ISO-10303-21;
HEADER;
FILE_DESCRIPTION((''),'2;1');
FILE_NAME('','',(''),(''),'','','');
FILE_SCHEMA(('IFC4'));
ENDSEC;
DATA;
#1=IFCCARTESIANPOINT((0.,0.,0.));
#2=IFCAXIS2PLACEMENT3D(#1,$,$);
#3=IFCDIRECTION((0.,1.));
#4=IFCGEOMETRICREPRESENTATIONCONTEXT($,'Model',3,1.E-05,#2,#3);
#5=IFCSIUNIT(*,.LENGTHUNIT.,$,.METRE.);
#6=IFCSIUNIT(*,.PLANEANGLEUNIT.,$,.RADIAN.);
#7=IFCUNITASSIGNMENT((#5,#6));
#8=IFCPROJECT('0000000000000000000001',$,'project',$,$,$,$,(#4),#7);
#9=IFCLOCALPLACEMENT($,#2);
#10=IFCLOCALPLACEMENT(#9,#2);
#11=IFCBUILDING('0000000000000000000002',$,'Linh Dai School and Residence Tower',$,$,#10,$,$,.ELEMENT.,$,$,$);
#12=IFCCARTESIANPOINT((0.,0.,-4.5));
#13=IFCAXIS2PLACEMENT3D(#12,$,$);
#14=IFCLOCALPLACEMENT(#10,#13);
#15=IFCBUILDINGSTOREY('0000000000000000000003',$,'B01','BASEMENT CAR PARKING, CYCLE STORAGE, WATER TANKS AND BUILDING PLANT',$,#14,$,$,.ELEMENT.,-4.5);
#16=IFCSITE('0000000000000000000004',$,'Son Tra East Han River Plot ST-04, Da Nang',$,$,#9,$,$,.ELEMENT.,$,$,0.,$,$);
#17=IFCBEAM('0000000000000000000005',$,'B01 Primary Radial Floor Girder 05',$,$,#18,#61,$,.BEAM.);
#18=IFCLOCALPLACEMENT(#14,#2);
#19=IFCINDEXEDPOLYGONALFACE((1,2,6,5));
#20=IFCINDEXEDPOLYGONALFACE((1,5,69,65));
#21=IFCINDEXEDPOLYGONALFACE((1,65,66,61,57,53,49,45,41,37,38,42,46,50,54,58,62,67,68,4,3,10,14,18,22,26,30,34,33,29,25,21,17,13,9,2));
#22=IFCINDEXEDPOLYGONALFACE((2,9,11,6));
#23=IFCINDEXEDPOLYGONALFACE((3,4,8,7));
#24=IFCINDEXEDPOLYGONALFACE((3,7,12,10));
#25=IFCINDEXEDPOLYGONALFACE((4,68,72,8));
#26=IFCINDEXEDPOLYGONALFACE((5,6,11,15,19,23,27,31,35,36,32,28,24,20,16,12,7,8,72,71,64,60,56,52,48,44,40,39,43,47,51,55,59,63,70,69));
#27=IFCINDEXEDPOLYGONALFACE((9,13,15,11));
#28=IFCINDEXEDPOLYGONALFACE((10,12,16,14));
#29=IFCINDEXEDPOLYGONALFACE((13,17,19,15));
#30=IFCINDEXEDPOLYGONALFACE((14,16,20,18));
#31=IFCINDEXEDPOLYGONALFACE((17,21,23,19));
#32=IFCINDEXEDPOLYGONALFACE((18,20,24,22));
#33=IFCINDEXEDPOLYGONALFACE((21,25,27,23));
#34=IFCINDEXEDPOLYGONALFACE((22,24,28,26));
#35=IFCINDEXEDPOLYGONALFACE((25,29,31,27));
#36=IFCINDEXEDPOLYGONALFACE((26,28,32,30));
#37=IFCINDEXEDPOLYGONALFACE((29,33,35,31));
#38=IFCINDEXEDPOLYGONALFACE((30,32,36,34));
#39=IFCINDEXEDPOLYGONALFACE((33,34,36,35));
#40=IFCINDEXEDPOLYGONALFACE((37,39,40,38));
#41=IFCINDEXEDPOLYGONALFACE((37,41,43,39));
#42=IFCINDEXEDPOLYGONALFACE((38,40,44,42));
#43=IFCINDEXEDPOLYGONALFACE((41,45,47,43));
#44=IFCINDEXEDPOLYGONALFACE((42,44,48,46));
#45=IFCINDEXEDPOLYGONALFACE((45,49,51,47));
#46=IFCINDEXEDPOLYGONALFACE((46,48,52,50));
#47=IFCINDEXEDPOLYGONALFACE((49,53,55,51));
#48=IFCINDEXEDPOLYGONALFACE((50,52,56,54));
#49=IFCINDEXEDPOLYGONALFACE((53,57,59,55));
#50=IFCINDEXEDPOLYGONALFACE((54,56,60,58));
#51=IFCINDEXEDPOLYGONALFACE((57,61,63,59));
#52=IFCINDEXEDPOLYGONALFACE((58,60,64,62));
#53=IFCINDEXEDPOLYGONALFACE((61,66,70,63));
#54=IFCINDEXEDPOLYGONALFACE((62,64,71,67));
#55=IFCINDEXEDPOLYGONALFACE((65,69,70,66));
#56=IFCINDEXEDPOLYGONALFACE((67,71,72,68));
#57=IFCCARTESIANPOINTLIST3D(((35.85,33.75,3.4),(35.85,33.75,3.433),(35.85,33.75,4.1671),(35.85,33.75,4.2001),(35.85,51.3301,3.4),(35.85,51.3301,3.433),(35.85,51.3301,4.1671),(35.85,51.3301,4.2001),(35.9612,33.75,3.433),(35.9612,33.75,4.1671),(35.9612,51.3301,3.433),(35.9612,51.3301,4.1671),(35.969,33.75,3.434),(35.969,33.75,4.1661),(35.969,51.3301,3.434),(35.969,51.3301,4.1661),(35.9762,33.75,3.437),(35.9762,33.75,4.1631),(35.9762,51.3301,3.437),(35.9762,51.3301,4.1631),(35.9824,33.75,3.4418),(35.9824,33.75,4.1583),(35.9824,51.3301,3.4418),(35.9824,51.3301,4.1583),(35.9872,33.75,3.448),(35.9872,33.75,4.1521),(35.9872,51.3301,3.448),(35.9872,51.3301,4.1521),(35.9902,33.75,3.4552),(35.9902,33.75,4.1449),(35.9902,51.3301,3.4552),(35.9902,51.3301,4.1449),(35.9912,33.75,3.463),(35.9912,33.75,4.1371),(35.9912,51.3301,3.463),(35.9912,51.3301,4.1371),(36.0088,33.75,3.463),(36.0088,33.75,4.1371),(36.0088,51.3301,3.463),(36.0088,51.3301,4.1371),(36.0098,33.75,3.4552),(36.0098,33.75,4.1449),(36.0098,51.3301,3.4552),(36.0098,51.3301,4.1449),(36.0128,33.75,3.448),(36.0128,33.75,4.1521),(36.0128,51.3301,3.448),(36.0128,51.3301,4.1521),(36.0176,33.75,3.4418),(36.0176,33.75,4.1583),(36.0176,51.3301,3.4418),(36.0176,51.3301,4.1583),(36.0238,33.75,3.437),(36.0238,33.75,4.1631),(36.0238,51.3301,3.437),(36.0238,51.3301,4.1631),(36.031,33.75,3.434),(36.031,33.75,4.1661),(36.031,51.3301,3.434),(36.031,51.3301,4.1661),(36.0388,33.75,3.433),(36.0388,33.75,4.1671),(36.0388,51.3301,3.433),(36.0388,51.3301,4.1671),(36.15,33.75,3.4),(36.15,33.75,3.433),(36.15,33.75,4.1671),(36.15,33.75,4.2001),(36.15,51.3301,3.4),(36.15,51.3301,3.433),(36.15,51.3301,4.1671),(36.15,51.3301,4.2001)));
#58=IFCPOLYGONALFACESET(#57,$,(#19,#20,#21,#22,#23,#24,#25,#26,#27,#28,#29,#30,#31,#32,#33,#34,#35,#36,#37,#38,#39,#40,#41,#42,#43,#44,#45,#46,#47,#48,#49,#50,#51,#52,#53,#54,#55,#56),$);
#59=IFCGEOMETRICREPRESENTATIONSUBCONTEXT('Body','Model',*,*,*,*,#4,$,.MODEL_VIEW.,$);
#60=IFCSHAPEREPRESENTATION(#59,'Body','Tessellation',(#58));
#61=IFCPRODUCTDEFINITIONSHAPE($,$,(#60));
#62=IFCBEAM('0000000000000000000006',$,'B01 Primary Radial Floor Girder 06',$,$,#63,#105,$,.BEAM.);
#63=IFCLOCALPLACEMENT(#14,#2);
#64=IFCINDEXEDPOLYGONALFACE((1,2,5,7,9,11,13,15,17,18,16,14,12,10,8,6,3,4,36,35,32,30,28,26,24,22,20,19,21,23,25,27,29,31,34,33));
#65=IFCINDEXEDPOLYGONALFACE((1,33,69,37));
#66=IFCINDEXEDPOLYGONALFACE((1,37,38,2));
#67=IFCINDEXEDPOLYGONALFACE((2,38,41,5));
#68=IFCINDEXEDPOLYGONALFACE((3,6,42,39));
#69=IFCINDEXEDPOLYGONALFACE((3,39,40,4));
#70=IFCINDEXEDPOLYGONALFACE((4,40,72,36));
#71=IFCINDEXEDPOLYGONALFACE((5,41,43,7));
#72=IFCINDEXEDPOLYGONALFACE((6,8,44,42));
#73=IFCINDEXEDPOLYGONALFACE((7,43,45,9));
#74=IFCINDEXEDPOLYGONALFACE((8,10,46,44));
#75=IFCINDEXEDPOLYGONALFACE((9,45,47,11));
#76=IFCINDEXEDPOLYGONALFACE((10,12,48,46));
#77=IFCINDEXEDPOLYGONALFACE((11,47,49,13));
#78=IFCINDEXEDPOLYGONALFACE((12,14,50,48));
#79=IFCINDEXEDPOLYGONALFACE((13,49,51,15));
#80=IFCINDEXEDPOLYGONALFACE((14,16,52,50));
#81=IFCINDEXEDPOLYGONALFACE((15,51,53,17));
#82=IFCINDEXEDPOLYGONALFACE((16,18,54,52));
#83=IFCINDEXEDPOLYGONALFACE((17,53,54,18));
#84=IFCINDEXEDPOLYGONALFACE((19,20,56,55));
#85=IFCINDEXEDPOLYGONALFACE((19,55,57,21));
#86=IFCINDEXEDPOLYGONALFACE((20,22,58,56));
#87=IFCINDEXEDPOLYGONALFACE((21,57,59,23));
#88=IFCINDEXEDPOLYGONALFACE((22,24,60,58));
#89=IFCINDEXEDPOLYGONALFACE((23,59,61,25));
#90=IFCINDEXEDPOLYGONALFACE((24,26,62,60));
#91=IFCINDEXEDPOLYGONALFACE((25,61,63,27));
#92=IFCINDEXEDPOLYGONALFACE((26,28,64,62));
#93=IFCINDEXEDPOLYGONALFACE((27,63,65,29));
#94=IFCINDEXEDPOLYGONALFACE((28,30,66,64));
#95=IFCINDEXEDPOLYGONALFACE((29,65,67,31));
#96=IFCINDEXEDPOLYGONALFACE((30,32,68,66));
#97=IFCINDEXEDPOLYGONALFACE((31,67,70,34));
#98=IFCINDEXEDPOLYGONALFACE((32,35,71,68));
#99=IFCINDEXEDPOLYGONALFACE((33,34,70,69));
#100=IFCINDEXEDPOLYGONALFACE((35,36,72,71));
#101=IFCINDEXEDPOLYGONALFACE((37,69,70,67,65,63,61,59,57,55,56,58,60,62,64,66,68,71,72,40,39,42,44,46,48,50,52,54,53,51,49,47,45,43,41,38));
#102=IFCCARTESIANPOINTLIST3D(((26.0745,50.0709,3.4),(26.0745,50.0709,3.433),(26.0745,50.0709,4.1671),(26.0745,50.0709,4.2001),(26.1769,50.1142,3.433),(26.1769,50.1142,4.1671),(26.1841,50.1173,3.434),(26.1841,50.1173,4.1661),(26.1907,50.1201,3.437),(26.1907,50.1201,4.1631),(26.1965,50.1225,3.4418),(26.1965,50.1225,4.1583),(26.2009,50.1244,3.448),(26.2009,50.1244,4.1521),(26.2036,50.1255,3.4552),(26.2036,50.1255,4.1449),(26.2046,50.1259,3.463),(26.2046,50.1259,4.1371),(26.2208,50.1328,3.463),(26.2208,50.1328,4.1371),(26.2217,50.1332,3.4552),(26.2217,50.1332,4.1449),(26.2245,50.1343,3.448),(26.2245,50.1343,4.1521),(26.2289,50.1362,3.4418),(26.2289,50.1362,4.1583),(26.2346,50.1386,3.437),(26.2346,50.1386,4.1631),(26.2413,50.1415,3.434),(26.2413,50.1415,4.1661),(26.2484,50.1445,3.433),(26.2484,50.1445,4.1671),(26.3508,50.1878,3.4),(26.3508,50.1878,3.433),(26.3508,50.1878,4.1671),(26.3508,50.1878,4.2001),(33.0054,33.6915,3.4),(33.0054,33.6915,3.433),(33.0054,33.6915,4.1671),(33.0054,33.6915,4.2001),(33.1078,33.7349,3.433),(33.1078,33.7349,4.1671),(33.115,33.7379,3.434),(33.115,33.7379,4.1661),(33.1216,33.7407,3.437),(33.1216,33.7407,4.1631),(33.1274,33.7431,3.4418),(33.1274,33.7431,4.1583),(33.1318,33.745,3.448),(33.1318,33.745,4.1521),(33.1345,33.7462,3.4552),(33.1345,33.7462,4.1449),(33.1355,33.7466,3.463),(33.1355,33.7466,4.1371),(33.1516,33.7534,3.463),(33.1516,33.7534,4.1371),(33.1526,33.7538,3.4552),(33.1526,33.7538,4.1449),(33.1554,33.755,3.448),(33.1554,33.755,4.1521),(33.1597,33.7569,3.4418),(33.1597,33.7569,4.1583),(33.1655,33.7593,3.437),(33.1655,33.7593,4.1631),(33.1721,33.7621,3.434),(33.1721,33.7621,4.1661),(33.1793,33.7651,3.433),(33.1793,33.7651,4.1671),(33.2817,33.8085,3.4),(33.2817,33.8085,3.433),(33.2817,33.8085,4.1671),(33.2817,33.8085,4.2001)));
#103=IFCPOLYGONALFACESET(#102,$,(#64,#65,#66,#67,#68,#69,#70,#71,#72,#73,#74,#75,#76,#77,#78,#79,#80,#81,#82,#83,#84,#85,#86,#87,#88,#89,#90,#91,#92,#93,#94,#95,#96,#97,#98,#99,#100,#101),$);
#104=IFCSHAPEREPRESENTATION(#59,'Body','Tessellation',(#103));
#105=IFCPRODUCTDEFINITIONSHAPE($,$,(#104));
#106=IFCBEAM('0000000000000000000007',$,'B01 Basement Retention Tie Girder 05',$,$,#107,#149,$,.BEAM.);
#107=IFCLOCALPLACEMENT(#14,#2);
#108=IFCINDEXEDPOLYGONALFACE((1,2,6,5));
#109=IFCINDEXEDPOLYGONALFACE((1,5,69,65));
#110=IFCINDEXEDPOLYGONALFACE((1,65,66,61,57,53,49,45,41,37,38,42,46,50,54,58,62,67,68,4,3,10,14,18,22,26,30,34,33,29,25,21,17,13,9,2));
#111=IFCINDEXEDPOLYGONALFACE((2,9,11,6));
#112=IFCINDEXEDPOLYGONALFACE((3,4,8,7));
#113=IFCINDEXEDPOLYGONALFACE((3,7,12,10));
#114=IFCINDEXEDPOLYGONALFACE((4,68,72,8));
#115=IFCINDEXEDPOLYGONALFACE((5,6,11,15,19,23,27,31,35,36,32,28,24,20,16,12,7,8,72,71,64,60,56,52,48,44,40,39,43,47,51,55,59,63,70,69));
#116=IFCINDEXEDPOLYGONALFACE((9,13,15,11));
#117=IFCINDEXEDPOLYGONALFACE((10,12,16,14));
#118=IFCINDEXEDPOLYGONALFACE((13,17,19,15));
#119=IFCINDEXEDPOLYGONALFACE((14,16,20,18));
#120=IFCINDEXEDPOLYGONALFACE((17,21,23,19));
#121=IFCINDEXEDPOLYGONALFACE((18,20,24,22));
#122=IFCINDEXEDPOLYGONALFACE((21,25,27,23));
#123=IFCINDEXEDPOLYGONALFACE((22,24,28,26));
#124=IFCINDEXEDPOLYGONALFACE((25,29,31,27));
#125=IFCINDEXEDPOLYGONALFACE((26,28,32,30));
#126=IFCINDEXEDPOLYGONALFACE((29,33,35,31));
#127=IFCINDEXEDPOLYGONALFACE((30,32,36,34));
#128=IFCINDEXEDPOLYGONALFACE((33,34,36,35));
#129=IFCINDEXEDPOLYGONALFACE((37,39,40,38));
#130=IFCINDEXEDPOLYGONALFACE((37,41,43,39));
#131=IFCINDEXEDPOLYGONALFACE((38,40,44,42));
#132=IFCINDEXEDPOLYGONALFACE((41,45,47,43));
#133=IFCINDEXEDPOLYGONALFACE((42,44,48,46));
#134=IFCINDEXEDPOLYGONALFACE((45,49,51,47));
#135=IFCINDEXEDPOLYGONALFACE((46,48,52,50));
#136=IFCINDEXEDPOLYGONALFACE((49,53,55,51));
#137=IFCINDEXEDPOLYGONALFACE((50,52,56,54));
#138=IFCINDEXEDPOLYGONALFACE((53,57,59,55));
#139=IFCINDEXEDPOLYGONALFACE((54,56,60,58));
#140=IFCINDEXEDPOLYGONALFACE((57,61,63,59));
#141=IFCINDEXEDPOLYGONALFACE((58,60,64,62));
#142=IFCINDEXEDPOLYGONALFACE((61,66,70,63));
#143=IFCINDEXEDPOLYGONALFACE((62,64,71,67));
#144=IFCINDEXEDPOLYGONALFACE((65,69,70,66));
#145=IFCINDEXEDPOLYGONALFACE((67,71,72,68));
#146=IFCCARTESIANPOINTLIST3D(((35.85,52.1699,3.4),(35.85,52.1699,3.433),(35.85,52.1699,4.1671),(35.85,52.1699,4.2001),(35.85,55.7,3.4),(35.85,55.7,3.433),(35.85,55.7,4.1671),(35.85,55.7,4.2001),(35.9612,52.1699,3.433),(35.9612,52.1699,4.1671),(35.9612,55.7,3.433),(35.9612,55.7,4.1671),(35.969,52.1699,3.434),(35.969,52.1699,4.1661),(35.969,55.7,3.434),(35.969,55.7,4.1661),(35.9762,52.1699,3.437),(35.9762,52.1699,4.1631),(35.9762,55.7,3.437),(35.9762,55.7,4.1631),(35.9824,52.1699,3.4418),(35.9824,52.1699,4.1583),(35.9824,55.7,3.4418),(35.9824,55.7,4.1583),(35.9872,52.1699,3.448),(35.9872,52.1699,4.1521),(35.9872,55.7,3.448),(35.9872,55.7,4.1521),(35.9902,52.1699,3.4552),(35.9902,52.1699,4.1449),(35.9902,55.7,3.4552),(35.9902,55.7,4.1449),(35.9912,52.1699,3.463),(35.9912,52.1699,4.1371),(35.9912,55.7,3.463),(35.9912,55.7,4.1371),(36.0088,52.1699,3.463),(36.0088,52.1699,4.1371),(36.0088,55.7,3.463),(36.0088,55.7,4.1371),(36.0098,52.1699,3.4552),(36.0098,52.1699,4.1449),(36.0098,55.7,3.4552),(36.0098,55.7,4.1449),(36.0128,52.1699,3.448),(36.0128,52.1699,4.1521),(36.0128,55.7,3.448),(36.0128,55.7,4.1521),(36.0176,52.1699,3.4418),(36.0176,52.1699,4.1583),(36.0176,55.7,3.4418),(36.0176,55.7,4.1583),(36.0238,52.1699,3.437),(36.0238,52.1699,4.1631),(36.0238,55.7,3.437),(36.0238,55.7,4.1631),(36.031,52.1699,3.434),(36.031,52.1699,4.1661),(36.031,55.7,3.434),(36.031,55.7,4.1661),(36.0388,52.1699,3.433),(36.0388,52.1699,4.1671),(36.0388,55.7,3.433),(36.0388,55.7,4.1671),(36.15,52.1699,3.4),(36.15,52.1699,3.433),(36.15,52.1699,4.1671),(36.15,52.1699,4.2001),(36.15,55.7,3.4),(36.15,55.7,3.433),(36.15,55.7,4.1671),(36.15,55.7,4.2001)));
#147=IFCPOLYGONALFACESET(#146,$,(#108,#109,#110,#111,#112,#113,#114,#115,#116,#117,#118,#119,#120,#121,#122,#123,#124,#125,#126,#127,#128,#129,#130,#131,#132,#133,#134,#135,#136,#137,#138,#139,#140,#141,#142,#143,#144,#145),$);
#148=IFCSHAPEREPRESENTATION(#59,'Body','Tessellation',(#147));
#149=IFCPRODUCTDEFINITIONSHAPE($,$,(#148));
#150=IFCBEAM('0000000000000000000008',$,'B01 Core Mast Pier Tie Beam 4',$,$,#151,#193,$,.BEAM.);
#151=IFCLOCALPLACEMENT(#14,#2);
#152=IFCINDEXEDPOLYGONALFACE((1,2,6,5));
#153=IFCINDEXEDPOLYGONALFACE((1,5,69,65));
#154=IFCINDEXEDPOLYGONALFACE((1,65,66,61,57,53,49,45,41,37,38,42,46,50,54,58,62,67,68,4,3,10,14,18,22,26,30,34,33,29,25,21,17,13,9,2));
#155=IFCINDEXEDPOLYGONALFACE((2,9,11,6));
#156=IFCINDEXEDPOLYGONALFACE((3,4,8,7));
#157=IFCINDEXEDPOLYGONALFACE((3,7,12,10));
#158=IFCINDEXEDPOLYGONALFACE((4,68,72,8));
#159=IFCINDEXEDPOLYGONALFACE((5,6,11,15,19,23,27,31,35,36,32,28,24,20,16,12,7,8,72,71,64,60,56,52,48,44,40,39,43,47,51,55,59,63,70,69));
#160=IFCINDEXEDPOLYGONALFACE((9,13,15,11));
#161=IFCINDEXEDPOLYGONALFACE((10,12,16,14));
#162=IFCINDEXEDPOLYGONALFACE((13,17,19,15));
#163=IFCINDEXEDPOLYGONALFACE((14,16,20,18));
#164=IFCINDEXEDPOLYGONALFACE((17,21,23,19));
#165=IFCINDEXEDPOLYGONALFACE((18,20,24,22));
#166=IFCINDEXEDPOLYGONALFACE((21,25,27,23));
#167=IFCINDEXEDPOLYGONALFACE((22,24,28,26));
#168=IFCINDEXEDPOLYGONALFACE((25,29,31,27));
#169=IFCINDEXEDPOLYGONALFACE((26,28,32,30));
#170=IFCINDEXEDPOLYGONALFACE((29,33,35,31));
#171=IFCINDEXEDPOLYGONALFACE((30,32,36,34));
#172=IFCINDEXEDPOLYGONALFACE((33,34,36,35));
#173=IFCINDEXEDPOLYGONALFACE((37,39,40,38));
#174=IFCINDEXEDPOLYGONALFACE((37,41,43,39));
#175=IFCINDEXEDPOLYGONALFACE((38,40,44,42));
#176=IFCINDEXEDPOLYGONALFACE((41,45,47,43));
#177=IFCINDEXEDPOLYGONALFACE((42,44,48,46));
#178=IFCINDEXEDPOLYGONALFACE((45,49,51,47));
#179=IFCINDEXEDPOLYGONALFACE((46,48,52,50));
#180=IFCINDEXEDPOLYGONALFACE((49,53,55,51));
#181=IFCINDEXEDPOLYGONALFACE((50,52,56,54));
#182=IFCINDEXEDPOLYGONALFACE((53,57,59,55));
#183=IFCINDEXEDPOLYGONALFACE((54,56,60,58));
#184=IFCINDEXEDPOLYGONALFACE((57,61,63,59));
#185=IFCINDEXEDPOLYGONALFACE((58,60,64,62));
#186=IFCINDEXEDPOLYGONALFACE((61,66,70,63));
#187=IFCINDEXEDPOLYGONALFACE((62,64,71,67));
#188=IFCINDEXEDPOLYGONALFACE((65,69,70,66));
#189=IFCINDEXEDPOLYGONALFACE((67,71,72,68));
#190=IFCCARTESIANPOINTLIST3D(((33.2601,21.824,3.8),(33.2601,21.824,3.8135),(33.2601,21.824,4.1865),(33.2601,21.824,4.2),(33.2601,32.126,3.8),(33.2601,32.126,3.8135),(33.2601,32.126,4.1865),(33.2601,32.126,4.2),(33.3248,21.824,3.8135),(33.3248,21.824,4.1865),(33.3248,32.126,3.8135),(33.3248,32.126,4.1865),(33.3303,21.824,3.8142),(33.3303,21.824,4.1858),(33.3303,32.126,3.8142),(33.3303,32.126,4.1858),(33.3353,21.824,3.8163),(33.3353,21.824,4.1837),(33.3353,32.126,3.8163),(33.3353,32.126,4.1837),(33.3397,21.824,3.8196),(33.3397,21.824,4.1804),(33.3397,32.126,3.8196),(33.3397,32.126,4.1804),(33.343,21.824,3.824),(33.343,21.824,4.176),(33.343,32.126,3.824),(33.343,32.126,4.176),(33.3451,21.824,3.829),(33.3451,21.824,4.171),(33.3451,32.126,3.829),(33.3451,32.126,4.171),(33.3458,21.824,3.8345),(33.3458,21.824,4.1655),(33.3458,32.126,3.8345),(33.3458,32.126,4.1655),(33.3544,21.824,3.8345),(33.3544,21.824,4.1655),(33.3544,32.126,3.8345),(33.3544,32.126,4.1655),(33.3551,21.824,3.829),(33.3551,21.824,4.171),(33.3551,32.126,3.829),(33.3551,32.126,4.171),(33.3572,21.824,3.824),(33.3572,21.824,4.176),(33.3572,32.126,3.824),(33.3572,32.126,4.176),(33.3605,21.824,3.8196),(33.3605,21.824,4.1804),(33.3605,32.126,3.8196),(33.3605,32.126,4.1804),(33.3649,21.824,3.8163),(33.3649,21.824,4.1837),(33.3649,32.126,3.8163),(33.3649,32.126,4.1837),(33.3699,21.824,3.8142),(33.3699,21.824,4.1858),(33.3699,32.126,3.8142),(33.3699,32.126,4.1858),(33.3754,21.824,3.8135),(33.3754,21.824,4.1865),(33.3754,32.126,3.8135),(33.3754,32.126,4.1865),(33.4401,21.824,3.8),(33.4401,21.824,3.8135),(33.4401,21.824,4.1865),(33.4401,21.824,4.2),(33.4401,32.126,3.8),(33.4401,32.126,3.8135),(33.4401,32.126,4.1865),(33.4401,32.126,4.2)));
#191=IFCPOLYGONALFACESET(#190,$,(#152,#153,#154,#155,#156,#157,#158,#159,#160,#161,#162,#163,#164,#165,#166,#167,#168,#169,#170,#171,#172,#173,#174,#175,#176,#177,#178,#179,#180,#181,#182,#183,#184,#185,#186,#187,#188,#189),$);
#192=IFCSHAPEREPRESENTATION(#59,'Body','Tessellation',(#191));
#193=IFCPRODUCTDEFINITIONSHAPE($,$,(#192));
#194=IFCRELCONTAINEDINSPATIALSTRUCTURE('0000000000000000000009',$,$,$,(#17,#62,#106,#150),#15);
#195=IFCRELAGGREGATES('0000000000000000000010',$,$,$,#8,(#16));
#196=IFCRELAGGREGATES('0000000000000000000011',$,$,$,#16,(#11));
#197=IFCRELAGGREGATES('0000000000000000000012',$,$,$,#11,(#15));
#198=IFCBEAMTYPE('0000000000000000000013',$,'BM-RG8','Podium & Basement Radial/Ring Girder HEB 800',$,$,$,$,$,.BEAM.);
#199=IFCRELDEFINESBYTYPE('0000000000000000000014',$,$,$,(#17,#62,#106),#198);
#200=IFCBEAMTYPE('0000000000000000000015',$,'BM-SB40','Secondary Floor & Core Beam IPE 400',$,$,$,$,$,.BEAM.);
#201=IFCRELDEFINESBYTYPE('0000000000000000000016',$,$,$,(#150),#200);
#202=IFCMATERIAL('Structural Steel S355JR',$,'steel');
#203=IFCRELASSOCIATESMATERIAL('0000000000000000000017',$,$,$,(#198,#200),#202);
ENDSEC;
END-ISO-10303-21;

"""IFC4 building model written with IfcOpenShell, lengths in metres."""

from ifc_helpers import new_model, si_unit, direction, frame, origin, origin_2d, place, context, subcontext, project, spatial, i_section, extrude, material, material_profile, profile_set, type_object, element, save


model = new_model("IFC4")

# Units and contexts
model_context = context("Model", 3, precision=1e-05, world=origin(), true_north=direction((0.0, 1.0)))
body_context = subcontext(model_context, "Body", "Model", "MODEL_VIEW")
ifc_project = project(units=[si_unit("LENGTHUNIT", "METRE"), si_unit("PLANEANGLEUNIT", "RADIAN")], contexts=[model_context])

# Site, building, storey
site_placement = place(None, origin())
site = spatial("IfcSite", under=ifc_project, at=site_placement, Name="Son Tra East Han River Plot ST-04, Da Nang", CompositionType="ELEMENT", RefElevation=0.0)
building_placement = place(site_placement, origin())
building = spatial("IfcBuilding", under=site, at=building_placement, Name="Linh Dai School and Residence Tower", CompositionType="ELEMENT")
storey_placement = place(building_placement, frame((0.0, 0.0, -4.5)))
storey = spatial("IfcBuildingStorey", under=building, at=storey_placement, Name="B01", Description="BASEMENT CAR PARKING, CYCLE STORAGE, WATER TANKS AND BUILDING PLANT", CompositionType="ELEMENT", Elevation=-4.5)

# Shared definitions
ifc_material_1 = material(Name="Structural Steel S355JR", Category="steel")

# Beams
ifc_material_profile_1 = material_profile(ifc_material_1, i_section(OverallWidth=0.3, OverallDepth=0.8, WebThickness=0.0176, FlangeThickness=0.033, FilletRadius=0.03, at=origin_2d()), Name="HEB 800")
ifc_profile_set_1 = profile_set([ifc_material_profile_1], Name="Structural Steel S355JR")
beam_type_1 = type_object("IfcBeamType", Name="BM-RG8", Description="Podium & Basement Radial/Ring Girder HEB 800", PredefinedType="BEAM", material=ifc_profile_set_1)
beam_1_placement = place(storey_placement, frame((36.0, 33.75, 3.8), z_axis=(0.0, 1.0, 0.0), x_axis=(-1.0, 0.0, 0.0)))
element("IfcBeam", 1, at=beam_1_placement, inside=storey, type_object=beam_type_1, Name="B01 Primary Radial Floor Girder 05", PredefinedType="BEAM", context=body_context, shape_type="SweptSolid", body=[
    extrude(i_section(OverallWidth=0.3, OverallDepth=0.8, WebThickness=0.0176, FlangeThickness=0.033, FilletRadius=0.03, at=origin_2d()), origin(), (0.0, 0.0, 1.0), 17.5801),
])
beam_2_placement = place(storey_placement, frame((33.1436, 33.75, 3.8), z_axis=(-0.389696, 0.920944, 0.0), x_axis=(-0.920944, -0.389696, 0.0)))
element("IfcBeam", 2, at=beam_2_placement, inside=storey, type_object=beam_type_1, Name="B01 Primary Radial Floor Girder 06", PredefinedType="BEAM", context=body_context, shape_type="SweptSolid", body=[
    extrude(i_section(OverallWidth=0.3, OverallDepth=0.8, WebThickness=0.0176, FlangeThickness=0.033, FilletRadius=0.03, at=origin_2d()), origin(), (0.0, 0.0, 1.0), 17.7854),
])
beam_3_placement = place(storey_placement, frame((36.0, 52.1699, 3.8), z_axis=(0.0, 1.0, 0.0), x_axis=(-1.0, 0.0, 0.0)))
element("IfcBeam", 3, at=beam_3_placement, inside=storey, type_object=beam_type_1, Name="B01 Basement Retention Tie Girder 05", PredefinedType="BEAM", context=body_context, shape_type="SweptSolid", body=[
    extrude(i_section(OverallWidth=0.3, OverallDepth=0.8, WebThickness=0.0176, FlangeThickness=0.033, FilletRadius=0.03, at=origin_2d()), origin(), (0.0, 0.0, 1.0), 3.53),
])
ifc_material_profile_2 = material_profile(ifc_material_1, i_section(OverallWidth=0.1799, OverallDepth=0.3999, WebThickness=0.0085, FlangeThickness=0.0134, FilletRadius=0.021, at=origin_2d()), Name="IPE 400")
ifc_profile_set_2 = profile_set([ifc_material_profile_2], Name="Structural Steel S355JR")
beam_type_2 = type_object("IfcBeamType", Name="BM-SB40", Description="Secondary Floor & Core Beam IPE 400", PredefinedType="BEAM", material=ifc_profile_set_2)
beam_4_placement = place(storey_placement, frame((33.3501, 32.126, 4.0), z_axis=(0.0, -1.0, 0.0), x_axis=(1.0, 0.0, 0.0)))
element("IfcBeam", 4, at=beam_4_placement, inside=storey, type_object=beam_type_2, Name="B01 Core Mast Pier Tie Beam 4", PredefinedType="BEAM", context=body_context, shape_type="SweptSolid", body=[
    extrude(i_section(OverallWidth=0.1799, OverallDepth=0.3999, WebThickness=0.0085, FlangeThickness=0.0134, FilletRadius=0.021, at=origin_2d()), origin(), (0.0, 0.0, 1.0), 10.302),
])

save(model, "model.ifc")
